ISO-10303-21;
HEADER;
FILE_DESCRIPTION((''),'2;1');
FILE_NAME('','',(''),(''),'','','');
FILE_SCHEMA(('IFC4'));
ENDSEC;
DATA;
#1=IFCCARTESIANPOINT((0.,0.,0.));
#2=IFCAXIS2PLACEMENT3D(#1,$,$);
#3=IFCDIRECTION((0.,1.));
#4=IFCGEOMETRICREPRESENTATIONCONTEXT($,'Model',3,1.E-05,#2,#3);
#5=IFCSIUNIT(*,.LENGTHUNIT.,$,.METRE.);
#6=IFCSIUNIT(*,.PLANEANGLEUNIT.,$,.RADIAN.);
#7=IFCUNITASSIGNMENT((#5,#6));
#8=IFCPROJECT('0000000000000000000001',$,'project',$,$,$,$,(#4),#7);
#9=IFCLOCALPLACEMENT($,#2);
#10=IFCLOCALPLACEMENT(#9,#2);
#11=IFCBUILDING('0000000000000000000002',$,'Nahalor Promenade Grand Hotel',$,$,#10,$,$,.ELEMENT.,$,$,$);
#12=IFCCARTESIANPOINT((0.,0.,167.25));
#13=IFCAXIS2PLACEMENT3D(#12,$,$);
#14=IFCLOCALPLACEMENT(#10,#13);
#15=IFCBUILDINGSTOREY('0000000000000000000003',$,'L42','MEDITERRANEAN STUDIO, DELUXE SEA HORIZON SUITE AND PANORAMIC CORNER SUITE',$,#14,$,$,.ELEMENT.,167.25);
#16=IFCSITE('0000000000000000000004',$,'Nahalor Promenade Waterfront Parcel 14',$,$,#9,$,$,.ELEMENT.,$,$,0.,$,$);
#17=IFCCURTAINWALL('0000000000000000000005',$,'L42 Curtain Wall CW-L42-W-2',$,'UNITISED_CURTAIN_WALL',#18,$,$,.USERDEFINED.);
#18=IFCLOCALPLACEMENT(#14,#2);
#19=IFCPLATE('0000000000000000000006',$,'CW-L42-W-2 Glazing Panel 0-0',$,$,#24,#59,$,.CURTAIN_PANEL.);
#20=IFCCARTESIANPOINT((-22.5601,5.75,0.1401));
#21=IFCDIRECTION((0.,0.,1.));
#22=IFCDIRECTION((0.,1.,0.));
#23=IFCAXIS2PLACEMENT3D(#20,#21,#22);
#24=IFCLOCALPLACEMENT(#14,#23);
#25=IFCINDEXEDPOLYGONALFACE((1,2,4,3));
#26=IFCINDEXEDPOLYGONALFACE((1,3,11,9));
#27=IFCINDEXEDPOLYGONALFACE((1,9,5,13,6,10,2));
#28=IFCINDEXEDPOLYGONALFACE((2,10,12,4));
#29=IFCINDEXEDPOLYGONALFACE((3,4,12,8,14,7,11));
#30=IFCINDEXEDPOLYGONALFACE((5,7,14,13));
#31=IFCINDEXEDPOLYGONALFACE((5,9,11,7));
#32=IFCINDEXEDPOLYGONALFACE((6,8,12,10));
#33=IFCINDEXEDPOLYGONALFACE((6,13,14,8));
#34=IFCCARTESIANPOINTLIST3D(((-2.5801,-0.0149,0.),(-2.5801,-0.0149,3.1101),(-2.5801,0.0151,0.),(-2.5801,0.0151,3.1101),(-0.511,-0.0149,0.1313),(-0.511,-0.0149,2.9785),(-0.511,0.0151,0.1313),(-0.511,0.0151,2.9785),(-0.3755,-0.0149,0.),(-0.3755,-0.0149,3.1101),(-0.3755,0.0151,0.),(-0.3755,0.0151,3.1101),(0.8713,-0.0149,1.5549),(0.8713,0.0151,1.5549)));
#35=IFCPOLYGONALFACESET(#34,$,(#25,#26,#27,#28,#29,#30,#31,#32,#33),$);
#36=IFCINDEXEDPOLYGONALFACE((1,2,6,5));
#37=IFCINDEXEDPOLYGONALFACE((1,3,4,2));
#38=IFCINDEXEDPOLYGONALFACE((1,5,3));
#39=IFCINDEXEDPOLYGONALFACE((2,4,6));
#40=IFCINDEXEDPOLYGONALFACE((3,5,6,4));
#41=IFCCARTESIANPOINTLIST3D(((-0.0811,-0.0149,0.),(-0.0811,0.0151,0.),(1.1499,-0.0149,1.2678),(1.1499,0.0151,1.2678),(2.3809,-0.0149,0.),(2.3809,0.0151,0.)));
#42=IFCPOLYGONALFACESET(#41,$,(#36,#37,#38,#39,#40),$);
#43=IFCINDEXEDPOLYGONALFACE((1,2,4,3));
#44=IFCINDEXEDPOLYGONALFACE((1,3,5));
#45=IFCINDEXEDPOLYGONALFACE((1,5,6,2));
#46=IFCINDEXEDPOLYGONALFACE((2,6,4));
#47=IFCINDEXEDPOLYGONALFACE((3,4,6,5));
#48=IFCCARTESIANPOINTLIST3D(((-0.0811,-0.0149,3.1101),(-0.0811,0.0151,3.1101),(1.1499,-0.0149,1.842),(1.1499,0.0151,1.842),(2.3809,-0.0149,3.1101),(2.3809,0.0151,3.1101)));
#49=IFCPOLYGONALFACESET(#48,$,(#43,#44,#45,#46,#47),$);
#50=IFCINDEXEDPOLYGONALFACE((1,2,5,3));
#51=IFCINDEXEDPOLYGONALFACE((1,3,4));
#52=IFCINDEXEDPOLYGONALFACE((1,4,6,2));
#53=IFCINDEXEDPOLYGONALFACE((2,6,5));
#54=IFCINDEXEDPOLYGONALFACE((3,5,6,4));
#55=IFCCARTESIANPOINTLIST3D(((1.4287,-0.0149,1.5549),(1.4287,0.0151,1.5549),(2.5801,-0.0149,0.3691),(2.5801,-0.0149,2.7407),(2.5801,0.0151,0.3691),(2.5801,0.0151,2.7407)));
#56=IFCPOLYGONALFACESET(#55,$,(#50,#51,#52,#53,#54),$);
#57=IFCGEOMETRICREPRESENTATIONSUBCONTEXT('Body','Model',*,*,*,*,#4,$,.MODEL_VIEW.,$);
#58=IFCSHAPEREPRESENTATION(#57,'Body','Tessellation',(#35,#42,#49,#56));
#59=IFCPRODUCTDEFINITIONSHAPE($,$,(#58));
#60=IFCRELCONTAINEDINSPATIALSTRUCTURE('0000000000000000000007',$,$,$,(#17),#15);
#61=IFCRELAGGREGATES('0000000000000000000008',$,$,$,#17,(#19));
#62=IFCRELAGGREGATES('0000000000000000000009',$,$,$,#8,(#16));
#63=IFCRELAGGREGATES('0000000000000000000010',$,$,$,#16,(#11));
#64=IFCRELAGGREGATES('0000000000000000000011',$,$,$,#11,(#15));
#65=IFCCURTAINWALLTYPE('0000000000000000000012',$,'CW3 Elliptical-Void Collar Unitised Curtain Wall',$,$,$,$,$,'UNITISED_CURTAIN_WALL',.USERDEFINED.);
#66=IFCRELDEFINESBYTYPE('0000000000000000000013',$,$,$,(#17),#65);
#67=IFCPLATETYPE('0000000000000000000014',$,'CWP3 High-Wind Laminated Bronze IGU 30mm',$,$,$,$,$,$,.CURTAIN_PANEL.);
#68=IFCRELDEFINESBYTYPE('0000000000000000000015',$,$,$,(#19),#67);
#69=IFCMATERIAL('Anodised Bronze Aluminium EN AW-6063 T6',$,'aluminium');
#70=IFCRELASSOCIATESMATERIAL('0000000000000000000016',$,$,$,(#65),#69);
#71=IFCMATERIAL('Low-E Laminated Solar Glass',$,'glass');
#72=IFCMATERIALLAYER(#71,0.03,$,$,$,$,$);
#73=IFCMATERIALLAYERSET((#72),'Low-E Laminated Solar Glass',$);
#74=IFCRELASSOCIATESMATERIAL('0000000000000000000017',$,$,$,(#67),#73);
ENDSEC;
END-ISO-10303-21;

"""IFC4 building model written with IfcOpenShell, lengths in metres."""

from ifc_helpers import new_model, si_unit, direction, frame, origin, place, context, subcontext, project, spatial, polyline, outline, extrude, material, layer, layer_set, type_object, element, aggregate, save


model = new_model("IFC4")

# Units and contexts
model_context = context("Model", 3, precision=1e-05, world=origin(), true_north=direction((0.0, 1.0)))
body_context = subcontext(model_context, "Body", "Model", "MODEL_VIEW")
ifc_project = project(units=[si_unit("LENGTHUNIT", "METRE"), si_unit("PLANEANGLEUNIT", "RADIAN")], contexts=[model_context])

# Site, building, storey
site_placement = place(None, origin())
site = spatial("IfcSite", under=ifc_project, at=site_placement, Name="Nahalor Promenade Waterfront Parcel 14", CompositionType="ELEMENT", RefElevation=0.0)
building_placement = place(site_placement, origin())
building = spatial("IfcBuilding", under=site, at=building_placement, Name="Nahalor Promenade Grand Hotel", CompositionType="ELEMENT")
storey_placement = place(building_placement, frame((0.0, 0.0, 167.25)))
storey = spatial("IfcBuildingStorey", under=building, at=storey_placement, Name="L42", Description="MEDITERRANEAN STUDIO, DELUXE SEA HORIZON SUITE AND PANORAMIC CORNER SUITE", CompositionType="ELEMENT", Elevation=167.25)

# Curtain wall
ifc_material_1 = material(Name="Anodised Bronze Aluminium EN AW-6063 T6", Category="aluminium")
curtain_wall_type = type_object("IfcCurtainWallType", Name="CW3 Elliptical-Void Collar Unitised Curtain Wall", ElementType="UNITISED_CURTAIN_WALL", PredefinedType="USERDEFINED", material=ifc_material_1)
curtain_wall_1_placement = place(storey_placement, origin())
curtain_wall_1 = element("IfcCurtainWall", 1, at=curtain_wall_1_placement, inside=storey, type_object=curtain_wall_type, Name="L42 Curtain Wall CW-L42-W-2", ObjectType="UNITISED_CURTAIN_WALL", PredefinedType="USERDEFINED")

# Plate
ifc_material_2 = material(Name="Low-E Laminated Solar Glass", Category="glass")
ifc_layer_1 = layer(ifc_material_2, 0.03)
ifc_layer_set_1 = layer_set([ifc_layer_1], Name="Low-E Laminated Solar Glass")
plate_type_1 = type_object("IfcPlateType", Name="CWP3 High-Wind Laminated Bronze IGU 30mm", PredefinedType="CURTAIN_PANEL", material=ifc_layer_set_1)
plate_1_placement = place(storey_placement, frame((-22.5601, 5.75, 0.1401), z_axis=(0.0, 0.0, 1.0), x_axis=(0.0, 1.0, 0.0)))
plate_1 = element("IfcPlate", 2, at=plate_1_placement, type_object=plate_type_1, Name="CW-L42-W-2 Glazing Panel 0-0", PredefinedType="CURTAIN_PANEL", context=body_context, shape_type="SweptSolid", body=[
    extrude(outline(polyline([(-2.5801, 3.1101), (-2.5801, 0.0), (-0.3755, 0.0), (-0.511, 0.1313), (0.8713, 1.5549), (-0.511, 2.9785), (-0.3755, 3.1101), (-2.5801, 3.1101)])), frame((0.0, 0.0151, 0.0), z_axis=(0.0, -1.0, 0.0), x_axis=(1.0, 0.0, 0.0)), (0.0, 0.0, 1.0), 0.03),
    extrude(outline(polyline([(1.1499, 1.2678), (-0.0811, 0.0), (2.3809, 0.0), (1.1499, 1.2678)])), frame((0.0, 0.0151, 0.0), z_axis=(0.0, -1.0, 0.0), x_axis=(1.0, 0.0, 0.0)), (0.0, 0.0, 1.0), 0.03),
    extrude(outline(polyline([(1.1499, 1.842), (2.3809, 3.1101), (-0.0811, 3.1101), (1.1499, 1.842)])), frame((0.0, 0.0151, 0.0), z_axis=(0.0, -1.0, 0.0), x_axis=(1.0, 0.0, 0.0)), (0.0, 0.0, 1.0), 0.03),
    extrude(outline(polyline([(1.4287, 1.5549), (2.5801, 0.3691), (2.5801, 2.7407), (1.4287, 1.5549)])), frame((0.0, 0.0151, 0.0), z_axis=(0.0, -1.0, 0.0), x_axis=(1.0, 0.0, 0.0)), (0.0, 0.0, 1.0), 0.03),
])
aggregate(curtain_wall_1, [plate_1])

save(model, "model.ifc")
